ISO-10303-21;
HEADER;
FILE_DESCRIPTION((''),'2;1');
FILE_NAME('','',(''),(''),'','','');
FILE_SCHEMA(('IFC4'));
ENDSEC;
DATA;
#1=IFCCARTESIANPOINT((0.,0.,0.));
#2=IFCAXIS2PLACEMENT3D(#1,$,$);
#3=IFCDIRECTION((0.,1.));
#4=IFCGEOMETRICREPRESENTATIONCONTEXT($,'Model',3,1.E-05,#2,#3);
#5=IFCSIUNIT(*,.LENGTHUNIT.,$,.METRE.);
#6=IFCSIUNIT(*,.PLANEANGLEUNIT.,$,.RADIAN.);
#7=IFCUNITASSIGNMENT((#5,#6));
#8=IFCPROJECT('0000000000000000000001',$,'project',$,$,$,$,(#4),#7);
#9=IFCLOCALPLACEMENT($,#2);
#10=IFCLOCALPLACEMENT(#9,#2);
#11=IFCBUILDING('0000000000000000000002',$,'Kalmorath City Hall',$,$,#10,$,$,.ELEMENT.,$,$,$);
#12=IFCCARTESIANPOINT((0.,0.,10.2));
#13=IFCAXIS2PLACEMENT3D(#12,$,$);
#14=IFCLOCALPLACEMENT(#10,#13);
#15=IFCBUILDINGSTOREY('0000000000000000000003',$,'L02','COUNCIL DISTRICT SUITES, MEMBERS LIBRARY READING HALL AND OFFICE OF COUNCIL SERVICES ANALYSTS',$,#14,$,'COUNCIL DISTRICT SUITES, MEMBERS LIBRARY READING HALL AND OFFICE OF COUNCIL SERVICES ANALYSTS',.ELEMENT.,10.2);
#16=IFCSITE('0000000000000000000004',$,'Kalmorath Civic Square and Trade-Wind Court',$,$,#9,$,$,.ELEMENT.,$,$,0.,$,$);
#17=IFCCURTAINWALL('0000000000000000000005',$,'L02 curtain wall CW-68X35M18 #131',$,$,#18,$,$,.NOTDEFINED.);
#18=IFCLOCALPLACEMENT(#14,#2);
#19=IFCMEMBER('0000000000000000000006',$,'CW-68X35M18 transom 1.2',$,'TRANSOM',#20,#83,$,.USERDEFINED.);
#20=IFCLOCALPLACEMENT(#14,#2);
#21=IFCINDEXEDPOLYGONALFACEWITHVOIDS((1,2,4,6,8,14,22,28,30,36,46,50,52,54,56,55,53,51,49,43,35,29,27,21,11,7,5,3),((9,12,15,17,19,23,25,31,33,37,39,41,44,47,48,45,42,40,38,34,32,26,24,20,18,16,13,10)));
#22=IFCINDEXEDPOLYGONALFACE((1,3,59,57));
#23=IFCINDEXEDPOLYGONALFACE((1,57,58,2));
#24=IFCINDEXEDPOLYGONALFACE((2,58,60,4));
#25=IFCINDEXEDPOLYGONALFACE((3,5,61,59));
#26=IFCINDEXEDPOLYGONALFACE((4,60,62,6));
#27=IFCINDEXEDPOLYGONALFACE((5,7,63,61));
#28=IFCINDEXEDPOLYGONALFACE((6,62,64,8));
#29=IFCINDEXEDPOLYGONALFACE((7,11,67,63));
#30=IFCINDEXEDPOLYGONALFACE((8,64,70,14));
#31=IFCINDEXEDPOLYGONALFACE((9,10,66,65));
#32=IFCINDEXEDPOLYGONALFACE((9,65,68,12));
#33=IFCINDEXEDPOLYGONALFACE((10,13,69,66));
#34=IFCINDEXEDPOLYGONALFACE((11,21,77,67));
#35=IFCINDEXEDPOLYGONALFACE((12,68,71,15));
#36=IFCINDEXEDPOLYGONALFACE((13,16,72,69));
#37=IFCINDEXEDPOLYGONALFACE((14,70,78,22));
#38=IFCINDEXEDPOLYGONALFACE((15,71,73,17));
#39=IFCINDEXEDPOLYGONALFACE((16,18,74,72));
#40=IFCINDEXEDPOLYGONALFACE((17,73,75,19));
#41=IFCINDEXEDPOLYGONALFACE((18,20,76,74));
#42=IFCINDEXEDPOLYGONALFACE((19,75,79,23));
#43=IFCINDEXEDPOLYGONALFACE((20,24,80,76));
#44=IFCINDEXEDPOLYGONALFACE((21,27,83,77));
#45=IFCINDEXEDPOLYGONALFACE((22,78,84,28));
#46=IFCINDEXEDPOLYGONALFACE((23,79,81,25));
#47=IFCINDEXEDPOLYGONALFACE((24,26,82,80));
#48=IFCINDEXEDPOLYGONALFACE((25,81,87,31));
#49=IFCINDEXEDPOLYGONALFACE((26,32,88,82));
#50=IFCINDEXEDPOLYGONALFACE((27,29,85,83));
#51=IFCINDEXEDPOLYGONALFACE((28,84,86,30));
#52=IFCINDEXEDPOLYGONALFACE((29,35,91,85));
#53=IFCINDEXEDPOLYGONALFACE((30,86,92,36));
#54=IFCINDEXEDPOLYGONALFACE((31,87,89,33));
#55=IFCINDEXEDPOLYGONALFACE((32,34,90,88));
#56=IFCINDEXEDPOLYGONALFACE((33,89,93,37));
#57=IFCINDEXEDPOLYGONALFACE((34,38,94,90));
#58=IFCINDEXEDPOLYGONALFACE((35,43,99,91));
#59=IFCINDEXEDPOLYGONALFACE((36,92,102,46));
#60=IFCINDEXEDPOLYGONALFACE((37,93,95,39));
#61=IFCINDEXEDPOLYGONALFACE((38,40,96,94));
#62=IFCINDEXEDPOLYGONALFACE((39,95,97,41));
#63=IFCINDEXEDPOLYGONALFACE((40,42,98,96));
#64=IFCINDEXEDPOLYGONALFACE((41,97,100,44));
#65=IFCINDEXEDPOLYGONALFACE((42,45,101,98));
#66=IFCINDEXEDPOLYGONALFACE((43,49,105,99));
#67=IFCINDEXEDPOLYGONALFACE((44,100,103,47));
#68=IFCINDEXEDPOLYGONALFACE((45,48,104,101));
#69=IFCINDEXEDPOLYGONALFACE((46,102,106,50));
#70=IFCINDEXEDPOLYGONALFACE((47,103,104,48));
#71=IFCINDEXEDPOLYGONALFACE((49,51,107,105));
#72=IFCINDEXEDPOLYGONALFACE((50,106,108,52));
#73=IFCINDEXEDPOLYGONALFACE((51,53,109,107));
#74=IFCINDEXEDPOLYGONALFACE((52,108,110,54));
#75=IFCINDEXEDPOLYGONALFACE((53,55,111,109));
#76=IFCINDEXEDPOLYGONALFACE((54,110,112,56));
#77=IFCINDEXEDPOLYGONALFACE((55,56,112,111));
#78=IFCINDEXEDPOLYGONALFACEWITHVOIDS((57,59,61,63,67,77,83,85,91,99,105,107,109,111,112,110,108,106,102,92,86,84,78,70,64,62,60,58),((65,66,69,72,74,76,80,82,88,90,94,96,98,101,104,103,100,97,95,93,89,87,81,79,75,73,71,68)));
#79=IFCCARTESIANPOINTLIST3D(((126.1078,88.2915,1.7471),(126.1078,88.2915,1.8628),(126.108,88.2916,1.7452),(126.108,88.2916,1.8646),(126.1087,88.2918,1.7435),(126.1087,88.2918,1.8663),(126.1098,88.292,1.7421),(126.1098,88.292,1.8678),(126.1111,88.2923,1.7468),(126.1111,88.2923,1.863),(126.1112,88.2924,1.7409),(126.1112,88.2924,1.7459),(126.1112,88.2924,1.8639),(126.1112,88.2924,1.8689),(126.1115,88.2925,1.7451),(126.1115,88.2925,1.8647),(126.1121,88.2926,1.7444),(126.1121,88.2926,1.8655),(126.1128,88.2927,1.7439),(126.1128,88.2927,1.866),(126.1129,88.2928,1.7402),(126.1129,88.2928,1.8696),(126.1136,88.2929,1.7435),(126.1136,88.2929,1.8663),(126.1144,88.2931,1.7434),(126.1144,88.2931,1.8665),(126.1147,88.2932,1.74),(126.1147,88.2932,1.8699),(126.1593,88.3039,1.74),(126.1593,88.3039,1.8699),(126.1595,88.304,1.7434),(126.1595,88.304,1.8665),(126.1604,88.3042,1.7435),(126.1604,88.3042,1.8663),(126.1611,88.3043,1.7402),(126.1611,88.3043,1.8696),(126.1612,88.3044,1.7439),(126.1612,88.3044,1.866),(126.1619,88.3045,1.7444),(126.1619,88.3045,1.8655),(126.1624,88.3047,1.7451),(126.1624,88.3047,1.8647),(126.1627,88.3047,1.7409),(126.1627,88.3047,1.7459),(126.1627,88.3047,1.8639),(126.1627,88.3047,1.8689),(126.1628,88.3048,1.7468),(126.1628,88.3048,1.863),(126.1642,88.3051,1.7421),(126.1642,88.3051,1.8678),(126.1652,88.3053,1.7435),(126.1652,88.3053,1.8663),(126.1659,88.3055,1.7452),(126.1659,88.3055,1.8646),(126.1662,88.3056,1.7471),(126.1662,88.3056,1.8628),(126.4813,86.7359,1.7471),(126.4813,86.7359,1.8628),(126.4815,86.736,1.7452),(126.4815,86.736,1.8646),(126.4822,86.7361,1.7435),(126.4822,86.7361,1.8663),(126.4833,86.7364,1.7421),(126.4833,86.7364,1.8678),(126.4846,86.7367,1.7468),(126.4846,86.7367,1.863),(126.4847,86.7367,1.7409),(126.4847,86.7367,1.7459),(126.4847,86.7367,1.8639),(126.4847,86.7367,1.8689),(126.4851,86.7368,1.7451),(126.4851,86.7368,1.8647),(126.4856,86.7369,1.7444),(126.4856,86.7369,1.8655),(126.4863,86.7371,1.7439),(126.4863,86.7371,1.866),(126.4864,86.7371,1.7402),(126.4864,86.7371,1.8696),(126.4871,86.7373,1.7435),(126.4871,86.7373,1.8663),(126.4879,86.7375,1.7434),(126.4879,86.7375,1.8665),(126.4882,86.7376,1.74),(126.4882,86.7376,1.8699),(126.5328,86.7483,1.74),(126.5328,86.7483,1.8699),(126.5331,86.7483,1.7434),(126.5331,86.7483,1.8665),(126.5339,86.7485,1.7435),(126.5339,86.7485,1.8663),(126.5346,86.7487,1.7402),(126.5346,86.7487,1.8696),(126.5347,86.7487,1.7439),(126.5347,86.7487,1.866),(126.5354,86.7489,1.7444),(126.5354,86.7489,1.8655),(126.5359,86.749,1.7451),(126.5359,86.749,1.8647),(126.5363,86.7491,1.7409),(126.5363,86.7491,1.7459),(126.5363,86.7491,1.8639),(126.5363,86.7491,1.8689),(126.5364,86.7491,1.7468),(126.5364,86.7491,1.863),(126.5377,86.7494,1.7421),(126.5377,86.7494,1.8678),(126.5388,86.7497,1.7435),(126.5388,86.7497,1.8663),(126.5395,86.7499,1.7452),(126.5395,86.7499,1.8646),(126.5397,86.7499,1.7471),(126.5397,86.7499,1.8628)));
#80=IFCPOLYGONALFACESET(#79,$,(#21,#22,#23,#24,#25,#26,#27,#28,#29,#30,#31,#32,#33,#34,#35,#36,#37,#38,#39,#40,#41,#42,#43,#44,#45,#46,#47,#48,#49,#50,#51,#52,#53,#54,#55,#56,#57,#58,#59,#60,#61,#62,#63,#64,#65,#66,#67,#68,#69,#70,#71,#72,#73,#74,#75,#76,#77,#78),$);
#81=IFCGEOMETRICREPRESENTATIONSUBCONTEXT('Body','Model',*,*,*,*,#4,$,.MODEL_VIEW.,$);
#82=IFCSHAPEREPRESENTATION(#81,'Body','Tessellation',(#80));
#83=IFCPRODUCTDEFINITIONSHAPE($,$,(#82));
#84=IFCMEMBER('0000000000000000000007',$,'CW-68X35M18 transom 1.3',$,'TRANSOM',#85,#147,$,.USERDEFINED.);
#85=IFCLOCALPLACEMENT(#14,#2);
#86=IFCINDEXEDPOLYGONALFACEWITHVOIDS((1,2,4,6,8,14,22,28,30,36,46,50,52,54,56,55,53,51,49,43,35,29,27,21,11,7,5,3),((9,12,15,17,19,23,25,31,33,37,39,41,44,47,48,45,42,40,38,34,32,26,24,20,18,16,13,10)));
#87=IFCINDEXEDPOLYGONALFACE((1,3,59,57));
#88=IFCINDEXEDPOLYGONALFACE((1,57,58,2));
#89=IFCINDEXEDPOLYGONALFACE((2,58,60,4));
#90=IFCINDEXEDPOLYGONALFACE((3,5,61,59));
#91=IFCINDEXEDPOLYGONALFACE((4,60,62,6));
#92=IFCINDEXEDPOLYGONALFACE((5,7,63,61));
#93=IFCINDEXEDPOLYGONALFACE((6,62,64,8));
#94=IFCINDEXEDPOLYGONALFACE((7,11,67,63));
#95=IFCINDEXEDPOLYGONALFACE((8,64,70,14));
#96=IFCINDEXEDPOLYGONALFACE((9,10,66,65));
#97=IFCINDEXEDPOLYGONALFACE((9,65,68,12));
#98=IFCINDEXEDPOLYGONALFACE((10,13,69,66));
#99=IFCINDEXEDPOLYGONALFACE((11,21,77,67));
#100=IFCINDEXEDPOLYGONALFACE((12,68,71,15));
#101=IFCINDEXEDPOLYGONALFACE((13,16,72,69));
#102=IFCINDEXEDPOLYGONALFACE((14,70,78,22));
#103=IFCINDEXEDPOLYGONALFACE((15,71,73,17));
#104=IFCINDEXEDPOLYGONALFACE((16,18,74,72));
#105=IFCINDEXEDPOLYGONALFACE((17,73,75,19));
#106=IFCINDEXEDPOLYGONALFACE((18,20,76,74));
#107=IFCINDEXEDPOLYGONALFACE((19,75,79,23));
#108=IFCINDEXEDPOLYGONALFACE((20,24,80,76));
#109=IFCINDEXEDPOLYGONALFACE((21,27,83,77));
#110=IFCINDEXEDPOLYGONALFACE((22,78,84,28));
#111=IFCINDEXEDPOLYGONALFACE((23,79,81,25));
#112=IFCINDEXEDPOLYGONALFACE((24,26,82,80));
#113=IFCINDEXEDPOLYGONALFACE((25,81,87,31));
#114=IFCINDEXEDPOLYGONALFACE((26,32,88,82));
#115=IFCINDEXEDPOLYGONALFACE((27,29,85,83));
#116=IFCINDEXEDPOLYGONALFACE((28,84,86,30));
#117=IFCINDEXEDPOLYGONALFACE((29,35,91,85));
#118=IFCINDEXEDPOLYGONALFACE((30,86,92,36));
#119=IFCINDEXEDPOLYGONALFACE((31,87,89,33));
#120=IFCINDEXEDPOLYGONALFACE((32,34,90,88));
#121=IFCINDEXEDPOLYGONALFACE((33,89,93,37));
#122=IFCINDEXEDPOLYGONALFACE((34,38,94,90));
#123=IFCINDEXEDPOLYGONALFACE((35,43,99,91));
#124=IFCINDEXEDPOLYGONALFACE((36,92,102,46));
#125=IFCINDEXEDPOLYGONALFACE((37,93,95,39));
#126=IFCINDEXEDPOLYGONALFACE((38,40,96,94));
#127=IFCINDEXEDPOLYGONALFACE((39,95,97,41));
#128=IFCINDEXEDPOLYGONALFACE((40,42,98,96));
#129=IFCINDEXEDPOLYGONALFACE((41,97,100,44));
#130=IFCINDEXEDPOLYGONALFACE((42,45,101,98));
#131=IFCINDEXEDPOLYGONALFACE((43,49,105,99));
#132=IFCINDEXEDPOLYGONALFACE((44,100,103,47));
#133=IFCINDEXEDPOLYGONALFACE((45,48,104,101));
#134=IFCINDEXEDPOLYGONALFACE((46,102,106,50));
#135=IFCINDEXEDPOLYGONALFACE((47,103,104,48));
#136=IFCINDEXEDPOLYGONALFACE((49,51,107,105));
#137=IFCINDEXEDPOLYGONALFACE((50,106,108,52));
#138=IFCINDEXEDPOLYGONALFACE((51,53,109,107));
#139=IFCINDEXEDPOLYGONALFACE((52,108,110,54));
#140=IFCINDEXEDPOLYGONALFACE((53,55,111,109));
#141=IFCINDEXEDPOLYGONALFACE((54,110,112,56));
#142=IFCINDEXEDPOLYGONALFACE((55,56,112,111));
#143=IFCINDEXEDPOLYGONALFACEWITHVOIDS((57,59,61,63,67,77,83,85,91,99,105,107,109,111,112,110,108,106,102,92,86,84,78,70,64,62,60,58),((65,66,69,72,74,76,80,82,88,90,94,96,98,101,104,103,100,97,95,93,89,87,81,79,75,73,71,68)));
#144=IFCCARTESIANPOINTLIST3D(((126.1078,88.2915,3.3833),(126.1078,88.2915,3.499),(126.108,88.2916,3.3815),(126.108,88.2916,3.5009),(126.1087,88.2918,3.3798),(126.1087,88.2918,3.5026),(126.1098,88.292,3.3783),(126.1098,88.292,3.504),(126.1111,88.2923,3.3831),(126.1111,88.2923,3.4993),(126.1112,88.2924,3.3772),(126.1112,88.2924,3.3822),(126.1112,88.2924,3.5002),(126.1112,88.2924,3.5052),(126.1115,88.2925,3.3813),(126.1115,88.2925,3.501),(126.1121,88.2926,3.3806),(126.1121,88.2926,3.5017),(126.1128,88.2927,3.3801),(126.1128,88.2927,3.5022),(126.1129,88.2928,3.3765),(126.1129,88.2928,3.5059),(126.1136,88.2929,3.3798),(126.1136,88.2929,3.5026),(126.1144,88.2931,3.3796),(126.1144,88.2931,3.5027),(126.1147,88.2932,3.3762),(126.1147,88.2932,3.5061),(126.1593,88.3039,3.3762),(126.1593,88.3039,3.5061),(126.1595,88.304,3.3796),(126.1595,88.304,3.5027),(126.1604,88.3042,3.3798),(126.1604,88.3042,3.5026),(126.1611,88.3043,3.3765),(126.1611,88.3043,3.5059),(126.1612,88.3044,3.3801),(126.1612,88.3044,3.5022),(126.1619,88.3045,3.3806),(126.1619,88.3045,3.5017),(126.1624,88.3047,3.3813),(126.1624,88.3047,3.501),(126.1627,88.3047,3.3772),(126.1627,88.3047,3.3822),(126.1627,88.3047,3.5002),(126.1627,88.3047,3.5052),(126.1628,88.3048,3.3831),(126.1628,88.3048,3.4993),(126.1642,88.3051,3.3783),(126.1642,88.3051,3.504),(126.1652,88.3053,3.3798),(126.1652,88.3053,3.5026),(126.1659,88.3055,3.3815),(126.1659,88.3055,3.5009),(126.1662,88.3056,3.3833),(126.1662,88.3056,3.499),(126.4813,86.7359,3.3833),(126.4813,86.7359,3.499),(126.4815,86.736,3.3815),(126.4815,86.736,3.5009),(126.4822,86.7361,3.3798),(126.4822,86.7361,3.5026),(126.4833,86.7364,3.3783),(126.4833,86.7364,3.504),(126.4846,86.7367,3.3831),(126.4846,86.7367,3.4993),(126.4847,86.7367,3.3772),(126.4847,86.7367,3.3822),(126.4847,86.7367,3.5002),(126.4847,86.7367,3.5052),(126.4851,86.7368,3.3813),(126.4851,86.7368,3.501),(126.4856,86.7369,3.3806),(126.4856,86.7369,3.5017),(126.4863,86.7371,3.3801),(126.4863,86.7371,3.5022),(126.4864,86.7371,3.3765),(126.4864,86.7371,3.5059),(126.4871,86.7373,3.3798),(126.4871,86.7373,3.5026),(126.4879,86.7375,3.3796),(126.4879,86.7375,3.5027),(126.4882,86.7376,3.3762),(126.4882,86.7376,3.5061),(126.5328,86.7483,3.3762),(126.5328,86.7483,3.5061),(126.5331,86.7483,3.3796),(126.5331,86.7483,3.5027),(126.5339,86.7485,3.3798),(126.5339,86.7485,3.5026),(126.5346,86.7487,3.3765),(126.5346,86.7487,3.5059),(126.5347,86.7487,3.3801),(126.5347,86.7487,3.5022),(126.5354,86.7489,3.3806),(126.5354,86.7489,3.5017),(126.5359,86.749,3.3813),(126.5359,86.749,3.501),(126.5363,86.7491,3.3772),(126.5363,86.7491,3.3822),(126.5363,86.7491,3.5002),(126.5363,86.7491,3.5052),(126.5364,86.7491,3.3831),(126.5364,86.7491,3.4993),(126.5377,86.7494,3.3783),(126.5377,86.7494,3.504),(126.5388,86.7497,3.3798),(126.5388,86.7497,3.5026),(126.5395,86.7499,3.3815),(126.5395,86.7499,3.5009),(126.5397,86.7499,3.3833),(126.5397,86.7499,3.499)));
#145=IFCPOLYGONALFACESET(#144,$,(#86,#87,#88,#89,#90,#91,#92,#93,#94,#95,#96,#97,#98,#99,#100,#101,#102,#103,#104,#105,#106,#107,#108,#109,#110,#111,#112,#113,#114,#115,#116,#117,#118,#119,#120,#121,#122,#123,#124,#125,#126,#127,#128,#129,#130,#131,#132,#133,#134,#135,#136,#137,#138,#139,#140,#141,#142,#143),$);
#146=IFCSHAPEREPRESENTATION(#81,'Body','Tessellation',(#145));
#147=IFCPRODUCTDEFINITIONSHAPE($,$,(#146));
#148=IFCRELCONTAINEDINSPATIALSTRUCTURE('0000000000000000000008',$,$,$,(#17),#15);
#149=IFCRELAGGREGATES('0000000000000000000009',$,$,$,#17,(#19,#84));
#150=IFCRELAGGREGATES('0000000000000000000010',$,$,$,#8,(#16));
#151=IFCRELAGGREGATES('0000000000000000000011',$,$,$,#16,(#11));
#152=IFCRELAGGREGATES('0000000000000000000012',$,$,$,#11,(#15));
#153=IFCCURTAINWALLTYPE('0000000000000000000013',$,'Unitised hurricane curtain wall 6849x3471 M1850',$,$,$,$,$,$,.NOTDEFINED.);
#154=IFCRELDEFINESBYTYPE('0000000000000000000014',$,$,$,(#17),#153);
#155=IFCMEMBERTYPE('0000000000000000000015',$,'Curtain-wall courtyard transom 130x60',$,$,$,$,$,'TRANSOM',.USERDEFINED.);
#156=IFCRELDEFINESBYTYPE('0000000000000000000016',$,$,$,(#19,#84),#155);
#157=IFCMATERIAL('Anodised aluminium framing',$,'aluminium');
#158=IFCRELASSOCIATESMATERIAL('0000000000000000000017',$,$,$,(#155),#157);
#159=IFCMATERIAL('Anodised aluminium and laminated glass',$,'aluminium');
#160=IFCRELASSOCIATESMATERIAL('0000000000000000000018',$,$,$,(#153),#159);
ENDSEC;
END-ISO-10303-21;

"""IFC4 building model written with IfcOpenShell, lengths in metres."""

from ifc_helpers import new_model, si_unit, direction, frame, origin, origin_2d, place, context, subcontext, project, spatial, hollow_rectangle, extrude, material, material_profile, profile_set, type_object, element, aggregate, save


model = new_model("IFC4")

# Units and contexts
model_context = context("Model", 3, precision=1e-05, world=origin(), true_north=direction((0.0, 1.0)))
body_context = subcontext(model_context, "Body", "Model", "MODEL_VIEW")
ifc_project = project(units=[si_unit("LENGTHUNIT", "METRE"), si_unit("PLANEANGLEUNIT", "RADIAN")], contexts=[model_context])

# Site, building, storey
site_placement = place(None, origin())
site = spatial("IfcSite", under=ifc_project, at=site_placement, Name="Kalmorath Civic Square and Trade-Wind Court", CompositionType="ELEMENT", RefElevation=0.0)
building_placement = place(site_placement, origin())
building = spatial("IfcBuilding", under=site, at=building_placement, Name="Kalmorath City Hall", CompositionType="ELEMENT")
storey_placement = place(building_placement, frame((0.0, 0.0, 10.2)))
storey = spatial("IfcBuildingStorey", under=building, at=storey_placement, Name="L02", Description="COUNCIL DISTRICT SUITES, MEMBERS LIBRARY READING HALL AND OFFICE OF COUNCIL SERVICES ANALYSTS", LongName="COUNCIL DISTRICT SUITES, MEMBERS LIBRARY READING HALL AND OFFICE OF COUNCIL SERVICES ANALYSTS", CompositionType="ELEMENT", Elevation=10.2)

# Curtain wall, members
ifc_material_1 = material(Name="Anodised aluminium framing", Category="aluminium")
ifc_material_profile_1 = material_profile(ifc_material_1, hollow_rectangle(XDim=0.0601, YDim=0.1299, WallThickness=0.0034, InnerFilletRadius=0.0034, OuterFilletRadius=0.0071, at=origin_2d()), Name="ALU-TRN-130X60X3.5")
ifc_profile_set_1 = profile_set([ifc_material_profile_1], Name="Anodised aluminium framing")
member_type_1 = type_object("IfcMemberType", Name="Curtain-wall courtyard transom 130x60", ElementType="TRANSOM", PredefinedType="USERDEFINED", material=ifc_profile_set_1)
ifc_material_2 = material(Name="Anodised aluminium and laminated glass", Category="aluminium")
curtain_wall_type_1 = type_object("IfcCurtainWallType", Name="Unitised hurricane curtain wall 6849x3471 M1850", PredefinedType="NOTDEFINED", material=ifc_material_2)
curtain_wall_1_placement = place(storey_placement, origin())
curtain_wall_1 = element("IfcCurtainWall", 1, at=curtain_wall_1_placement, inside=storey, type_object=curtain_wall_type_1, Name="L02 curtain wall CW-68X35M18 #131", PredefinedType="NOTDEFINED")
member_1_placement = place(storey_placement, frame((126.5105, 86.7429, 1.8049), z_axis=(-0.233477, 0.972362, 0.0), x_axis=(-0.972362, -0.233477, 0.0)))
member_1 = element("IfcMember", 2, at=member_1_placement, type_object=member_type_1, Name="CW-68X35M18 transom 1.2", ObjectType="TRANSOM", PredefinedType="USERDEFINED", context=body_context, shape_type="SweptSolid", body=[
    extrude(hollow_rectangle(XDim=0.0601, YDim=0.1299, WallThickness=0.0034, InnerFilletRadius=0.0034, OuterFilletRadius=0.0071, at=origin_2d()), origin(), (0.0, 0.0, 1.0), 1.5999),
])
member_2_placement = place(storey_placement, frame((126.5105, 86.7429, 3.4412), z_axis=(-0.233477, 0.972362, 0.0), x_axis=(-0.972362, -0.233477, 0.0)))
member_2 = element("IfcMember", 3, at=member_2_placement, type_object=member_type_1, Name="CW-68X35M18 transom 1.3", ObjectType="TRANSOM", PredefinedType="USERDEFINED", context=body_context, shape_type="SweptSolid", body=[
    extrude(hollow_rectangle(XDim=0.0601, YDim=0.1299, WallThickness=0.0034, InnerFilletRadius=0.0034, OuterFilletRadius=0.0071, at=origin_2d()), origin(), (0.0, 0.0, 1.0), 1.5999),
])

aggregate(curtain_wall_1, [member_1, member_2])

save(model, "model.ifc")
